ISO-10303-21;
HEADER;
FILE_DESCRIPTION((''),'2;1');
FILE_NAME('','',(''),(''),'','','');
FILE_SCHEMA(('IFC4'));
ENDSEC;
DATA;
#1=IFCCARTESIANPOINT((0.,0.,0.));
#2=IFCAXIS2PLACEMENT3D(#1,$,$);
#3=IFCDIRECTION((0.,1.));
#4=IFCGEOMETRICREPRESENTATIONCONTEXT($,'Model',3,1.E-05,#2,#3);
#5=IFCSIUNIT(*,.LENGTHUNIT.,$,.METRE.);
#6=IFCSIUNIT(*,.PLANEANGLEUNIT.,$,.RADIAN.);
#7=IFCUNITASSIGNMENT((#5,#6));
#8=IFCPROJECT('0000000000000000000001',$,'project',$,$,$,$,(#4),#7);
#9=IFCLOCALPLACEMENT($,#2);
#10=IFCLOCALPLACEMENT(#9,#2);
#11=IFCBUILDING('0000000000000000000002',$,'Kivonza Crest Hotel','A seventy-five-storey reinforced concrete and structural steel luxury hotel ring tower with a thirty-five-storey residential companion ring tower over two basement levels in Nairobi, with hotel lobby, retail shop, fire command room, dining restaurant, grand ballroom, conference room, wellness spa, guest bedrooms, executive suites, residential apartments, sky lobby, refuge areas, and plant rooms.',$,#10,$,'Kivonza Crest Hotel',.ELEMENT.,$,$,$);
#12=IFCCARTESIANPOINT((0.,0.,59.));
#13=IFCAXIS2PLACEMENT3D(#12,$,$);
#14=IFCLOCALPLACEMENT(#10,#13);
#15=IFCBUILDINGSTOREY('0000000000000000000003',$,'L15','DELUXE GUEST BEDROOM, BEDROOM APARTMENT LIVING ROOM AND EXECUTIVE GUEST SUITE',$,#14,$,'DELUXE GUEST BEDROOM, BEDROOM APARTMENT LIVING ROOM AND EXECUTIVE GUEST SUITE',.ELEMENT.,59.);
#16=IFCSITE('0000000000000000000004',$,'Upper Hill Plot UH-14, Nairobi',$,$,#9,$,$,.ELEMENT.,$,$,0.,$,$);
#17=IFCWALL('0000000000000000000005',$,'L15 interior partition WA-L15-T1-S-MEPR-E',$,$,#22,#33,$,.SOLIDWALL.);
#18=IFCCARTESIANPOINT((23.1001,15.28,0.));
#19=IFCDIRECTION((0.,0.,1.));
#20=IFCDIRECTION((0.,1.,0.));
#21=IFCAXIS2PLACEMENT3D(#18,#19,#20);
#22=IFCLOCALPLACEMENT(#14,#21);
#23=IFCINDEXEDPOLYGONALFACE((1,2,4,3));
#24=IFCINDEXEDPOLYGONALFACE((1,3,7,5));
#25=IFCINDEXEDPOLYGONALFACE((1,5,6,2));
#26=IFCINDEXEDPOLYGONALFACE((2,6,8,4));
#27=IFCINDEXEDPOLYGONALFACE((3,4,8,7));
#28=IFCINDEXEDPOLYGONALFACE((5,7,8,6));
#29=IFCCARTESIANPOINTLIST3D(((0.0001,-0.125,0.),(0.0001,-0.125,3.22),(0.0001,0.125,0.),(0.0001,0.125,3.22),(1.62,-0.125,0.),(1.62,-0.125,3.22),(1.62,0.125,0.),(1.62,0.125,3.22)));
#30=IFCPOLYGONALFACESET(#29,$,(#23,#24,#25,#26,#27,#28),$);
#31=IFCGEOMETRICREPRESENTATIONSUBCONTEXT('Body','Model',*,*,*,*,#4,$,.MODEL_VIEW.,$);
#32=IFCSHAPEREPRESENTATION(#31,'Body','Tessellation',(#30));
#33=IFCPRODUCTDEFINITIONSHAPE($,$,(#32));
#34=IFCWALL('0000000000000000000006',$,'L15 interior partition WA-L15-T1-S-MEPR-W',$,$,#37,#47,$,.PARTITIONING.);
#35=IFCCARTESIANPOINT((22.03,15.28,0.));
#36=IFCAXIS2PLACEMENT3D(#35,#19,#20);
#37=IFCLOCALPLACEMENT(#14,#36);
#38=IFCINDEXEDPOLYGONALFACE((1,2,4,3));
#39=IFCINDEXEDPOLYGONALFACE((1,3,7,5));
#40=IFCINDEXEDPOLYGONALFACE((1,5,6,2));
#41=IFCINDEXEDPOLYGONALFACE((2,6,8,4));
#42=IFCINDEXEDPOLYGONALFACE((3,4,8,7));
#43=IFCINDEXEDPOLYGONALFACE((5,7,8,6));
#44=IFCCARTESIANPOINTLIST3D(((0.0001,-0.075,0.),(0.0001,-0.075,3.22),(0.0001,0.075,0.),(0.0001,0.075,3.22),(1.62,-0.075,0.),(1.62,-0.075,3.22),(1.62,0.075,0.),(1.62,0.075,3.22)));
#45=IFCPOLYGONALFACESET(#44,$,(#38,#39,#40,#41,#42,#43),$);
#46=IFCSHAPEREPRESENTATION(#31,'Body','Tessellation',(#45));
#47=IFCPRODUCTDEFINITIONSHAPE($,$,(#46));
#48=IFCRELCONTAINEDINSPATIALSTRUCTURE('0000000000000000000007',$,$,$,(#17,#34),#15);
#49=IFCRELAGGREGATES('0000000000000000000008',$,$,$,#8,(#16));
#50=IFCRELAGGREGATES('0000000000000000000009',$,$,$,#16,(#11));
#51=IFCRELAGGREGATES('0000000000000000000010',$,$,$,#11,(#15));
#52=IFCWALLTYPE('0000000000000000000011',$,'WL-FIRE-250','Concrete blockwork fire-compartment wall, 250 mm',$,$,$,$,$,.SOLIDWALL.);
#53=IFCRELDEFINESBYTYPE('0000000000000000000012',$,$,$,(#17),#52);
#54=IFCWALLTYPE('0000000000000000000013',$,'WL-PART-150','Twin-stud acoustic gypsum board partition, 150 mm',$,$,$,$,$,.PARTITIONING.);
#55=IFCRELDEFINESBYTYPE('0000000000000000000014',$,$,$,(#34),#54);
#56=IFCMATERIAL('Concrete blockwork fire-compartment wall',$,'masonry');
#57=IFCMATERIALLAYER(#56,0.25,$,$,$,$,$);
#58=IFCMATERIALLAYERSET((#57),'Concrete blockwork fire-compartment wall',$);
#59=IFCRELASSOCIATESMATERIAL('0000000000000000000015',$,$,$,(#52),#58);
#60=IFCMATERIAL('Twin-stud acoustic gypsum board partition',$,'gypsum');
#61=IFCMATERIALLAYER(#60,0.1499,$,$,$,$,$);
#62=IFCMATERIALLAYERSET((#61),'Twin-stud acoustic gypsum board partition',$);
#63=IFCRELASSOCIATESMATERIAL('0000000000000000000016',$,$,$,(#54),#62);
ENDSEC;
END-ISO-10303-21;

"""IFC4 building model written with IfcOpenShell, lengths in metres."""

from ifc_helpers import new_model, si_unit, direction, frame, frame_2d, origin, place, context, subcontext, project, spatial, rectangle, extrude, material, layer, layer_set, type_object, element, save


model = new_model("IFC4")

# Units and contexts
model_context = context("Model", 3, precision=1e-05, world=origin(), true_north=direction((0.0, 1.0)))
body_context = subcontext(model_context, "Body", "Model", "MODEL_VIEW")
ifc_project = project(units=[si_unit("LENGTHUNIT", "METRE"), si_unit("PLANEANGLEUNIT", "RADIAN")], contexts=[model_context])

# Site, building, storey
site_placement = place(None, origin())
site = spatial("IfcSite", under=ifc_project, at=site_placement, Name="Upper Hill Plot UH-14, Nairobi", CompositionType="ELEMENT", RefElevation=0.0)
building_placement = place(site_placement, origin())
building = spatial("IfcBuilding", under=site, at=building_placement, Name="Kivonza Crest Hotel", Description="A seventy-five-storey reinforced concrete and structural steel luxury hotel ring tower with a thirty-five-storey residential companion ring tower over two basement levels in Nairobi, with hotel lobby, retail shop, fire command room, dining restaurant, grand ballroom, conference room, wellness spa, guest bedrooms, executive suites, residential apartments, sky lobby, refuge areas, and plant rooms.", LongName="Kivonza Crest Hotel", CompositionType="ELEMENT")
storey_placement = place(building_placement, frame((0.0, 0.0, 59.0)))
storey = spatial("IfcBuildingStorey", under=building, at=storey_placement, Name="L15", Description="DELUXE GUEST BEDROOM, BEDROOM APARTMENT LIVING ROOM AND EXECUTIVE GUEST SUITE", LongName="DELUXE GUEST BEDROOM, BEDROOM APARTMENT LIVING ROOM AND EXECUTIVE GUEST SUITE", CompositionType="ELEMENT", Elevation=59.0)

# Wall
ifc_material_1 = material(Name="Concrete blockwork fire-compartment wall", Category="masonry")
ifc_layer_1 = layer(ifc_material_1, 0.25)
ifc_layer_set_1 = layer_set([ifc_layer_1], Name="Concrete blockwork fire-compartment wall")
wall_type_1 = type_object("IfcWallType", Name="WL-FIRE-250", Description="Concrete blockwork fire-compartment wall, 250 mm", PredefinedType="SOLIDWALL", material=ifc_layer_set_1)
wall_1_placement = place(storey_placement, frame((23.1001, 15.28, 0.0), z_axis=(0.0, 0.0, 1.0), x_axis=(0.0, 1.0, 0.0)))
element("IfcWall", 1, at=wall_1_placement, inside=storey, type_object=wall_type_1, Name="L15 interior partition WA-L15-T1-S-MEPR-E", PredefinedType="SOLIDWALL", context=body_context, shape_type="SweptSolid", body=[
    extrude(rectangle(XDim=1.6199, YDim=0.25, at=frame_2d((0.8101, 0.0))), origin(), (0.0, 0.0, 1.0), 3.22),
])

# Wall
ifc_material_2 = material(Name="Twin-stud acoustic gypsum board partition", Category="gypsum")
ifc_layer_2 = layer(ifc_material_2, 0.1499)
ifc_layer_set_2 = layer_set([ifc_layer_2], Name="Twin-stud acoustic gypsum board partition")
wall_type_2 = type_object("IfcWallType", Name="WL-PART-150", Description="Twin-stud acoustic gypsum board partition, 150 mm", PredefinedType="PARTITIONING", material=ifc_layer_set_2)
wall_2_placement = place(storey_placement, frame((22.03, 15.28, 0.0), z_axis=(0.0, 0.0, 1.0), x_axis=(0.0, 1.0, 0.0)))
element("IfcWall", 2, at=wall_2_placement, inside=storey, type_object=wall_type_2, Name="L15 interior partition WA-L15-T1-S-MEPR-W", PredefinedType="PARTITIONING", context=body_context, shape_type="SweptSolid", body=[
    extrude(rectangle(XDim=1.6199, YDim=0.1499, at=frame_2d((0.8101, 0.0))), origin(), (0.0, 0.0, 1.0), 3.22),
])

save(model, "model.ifc")
